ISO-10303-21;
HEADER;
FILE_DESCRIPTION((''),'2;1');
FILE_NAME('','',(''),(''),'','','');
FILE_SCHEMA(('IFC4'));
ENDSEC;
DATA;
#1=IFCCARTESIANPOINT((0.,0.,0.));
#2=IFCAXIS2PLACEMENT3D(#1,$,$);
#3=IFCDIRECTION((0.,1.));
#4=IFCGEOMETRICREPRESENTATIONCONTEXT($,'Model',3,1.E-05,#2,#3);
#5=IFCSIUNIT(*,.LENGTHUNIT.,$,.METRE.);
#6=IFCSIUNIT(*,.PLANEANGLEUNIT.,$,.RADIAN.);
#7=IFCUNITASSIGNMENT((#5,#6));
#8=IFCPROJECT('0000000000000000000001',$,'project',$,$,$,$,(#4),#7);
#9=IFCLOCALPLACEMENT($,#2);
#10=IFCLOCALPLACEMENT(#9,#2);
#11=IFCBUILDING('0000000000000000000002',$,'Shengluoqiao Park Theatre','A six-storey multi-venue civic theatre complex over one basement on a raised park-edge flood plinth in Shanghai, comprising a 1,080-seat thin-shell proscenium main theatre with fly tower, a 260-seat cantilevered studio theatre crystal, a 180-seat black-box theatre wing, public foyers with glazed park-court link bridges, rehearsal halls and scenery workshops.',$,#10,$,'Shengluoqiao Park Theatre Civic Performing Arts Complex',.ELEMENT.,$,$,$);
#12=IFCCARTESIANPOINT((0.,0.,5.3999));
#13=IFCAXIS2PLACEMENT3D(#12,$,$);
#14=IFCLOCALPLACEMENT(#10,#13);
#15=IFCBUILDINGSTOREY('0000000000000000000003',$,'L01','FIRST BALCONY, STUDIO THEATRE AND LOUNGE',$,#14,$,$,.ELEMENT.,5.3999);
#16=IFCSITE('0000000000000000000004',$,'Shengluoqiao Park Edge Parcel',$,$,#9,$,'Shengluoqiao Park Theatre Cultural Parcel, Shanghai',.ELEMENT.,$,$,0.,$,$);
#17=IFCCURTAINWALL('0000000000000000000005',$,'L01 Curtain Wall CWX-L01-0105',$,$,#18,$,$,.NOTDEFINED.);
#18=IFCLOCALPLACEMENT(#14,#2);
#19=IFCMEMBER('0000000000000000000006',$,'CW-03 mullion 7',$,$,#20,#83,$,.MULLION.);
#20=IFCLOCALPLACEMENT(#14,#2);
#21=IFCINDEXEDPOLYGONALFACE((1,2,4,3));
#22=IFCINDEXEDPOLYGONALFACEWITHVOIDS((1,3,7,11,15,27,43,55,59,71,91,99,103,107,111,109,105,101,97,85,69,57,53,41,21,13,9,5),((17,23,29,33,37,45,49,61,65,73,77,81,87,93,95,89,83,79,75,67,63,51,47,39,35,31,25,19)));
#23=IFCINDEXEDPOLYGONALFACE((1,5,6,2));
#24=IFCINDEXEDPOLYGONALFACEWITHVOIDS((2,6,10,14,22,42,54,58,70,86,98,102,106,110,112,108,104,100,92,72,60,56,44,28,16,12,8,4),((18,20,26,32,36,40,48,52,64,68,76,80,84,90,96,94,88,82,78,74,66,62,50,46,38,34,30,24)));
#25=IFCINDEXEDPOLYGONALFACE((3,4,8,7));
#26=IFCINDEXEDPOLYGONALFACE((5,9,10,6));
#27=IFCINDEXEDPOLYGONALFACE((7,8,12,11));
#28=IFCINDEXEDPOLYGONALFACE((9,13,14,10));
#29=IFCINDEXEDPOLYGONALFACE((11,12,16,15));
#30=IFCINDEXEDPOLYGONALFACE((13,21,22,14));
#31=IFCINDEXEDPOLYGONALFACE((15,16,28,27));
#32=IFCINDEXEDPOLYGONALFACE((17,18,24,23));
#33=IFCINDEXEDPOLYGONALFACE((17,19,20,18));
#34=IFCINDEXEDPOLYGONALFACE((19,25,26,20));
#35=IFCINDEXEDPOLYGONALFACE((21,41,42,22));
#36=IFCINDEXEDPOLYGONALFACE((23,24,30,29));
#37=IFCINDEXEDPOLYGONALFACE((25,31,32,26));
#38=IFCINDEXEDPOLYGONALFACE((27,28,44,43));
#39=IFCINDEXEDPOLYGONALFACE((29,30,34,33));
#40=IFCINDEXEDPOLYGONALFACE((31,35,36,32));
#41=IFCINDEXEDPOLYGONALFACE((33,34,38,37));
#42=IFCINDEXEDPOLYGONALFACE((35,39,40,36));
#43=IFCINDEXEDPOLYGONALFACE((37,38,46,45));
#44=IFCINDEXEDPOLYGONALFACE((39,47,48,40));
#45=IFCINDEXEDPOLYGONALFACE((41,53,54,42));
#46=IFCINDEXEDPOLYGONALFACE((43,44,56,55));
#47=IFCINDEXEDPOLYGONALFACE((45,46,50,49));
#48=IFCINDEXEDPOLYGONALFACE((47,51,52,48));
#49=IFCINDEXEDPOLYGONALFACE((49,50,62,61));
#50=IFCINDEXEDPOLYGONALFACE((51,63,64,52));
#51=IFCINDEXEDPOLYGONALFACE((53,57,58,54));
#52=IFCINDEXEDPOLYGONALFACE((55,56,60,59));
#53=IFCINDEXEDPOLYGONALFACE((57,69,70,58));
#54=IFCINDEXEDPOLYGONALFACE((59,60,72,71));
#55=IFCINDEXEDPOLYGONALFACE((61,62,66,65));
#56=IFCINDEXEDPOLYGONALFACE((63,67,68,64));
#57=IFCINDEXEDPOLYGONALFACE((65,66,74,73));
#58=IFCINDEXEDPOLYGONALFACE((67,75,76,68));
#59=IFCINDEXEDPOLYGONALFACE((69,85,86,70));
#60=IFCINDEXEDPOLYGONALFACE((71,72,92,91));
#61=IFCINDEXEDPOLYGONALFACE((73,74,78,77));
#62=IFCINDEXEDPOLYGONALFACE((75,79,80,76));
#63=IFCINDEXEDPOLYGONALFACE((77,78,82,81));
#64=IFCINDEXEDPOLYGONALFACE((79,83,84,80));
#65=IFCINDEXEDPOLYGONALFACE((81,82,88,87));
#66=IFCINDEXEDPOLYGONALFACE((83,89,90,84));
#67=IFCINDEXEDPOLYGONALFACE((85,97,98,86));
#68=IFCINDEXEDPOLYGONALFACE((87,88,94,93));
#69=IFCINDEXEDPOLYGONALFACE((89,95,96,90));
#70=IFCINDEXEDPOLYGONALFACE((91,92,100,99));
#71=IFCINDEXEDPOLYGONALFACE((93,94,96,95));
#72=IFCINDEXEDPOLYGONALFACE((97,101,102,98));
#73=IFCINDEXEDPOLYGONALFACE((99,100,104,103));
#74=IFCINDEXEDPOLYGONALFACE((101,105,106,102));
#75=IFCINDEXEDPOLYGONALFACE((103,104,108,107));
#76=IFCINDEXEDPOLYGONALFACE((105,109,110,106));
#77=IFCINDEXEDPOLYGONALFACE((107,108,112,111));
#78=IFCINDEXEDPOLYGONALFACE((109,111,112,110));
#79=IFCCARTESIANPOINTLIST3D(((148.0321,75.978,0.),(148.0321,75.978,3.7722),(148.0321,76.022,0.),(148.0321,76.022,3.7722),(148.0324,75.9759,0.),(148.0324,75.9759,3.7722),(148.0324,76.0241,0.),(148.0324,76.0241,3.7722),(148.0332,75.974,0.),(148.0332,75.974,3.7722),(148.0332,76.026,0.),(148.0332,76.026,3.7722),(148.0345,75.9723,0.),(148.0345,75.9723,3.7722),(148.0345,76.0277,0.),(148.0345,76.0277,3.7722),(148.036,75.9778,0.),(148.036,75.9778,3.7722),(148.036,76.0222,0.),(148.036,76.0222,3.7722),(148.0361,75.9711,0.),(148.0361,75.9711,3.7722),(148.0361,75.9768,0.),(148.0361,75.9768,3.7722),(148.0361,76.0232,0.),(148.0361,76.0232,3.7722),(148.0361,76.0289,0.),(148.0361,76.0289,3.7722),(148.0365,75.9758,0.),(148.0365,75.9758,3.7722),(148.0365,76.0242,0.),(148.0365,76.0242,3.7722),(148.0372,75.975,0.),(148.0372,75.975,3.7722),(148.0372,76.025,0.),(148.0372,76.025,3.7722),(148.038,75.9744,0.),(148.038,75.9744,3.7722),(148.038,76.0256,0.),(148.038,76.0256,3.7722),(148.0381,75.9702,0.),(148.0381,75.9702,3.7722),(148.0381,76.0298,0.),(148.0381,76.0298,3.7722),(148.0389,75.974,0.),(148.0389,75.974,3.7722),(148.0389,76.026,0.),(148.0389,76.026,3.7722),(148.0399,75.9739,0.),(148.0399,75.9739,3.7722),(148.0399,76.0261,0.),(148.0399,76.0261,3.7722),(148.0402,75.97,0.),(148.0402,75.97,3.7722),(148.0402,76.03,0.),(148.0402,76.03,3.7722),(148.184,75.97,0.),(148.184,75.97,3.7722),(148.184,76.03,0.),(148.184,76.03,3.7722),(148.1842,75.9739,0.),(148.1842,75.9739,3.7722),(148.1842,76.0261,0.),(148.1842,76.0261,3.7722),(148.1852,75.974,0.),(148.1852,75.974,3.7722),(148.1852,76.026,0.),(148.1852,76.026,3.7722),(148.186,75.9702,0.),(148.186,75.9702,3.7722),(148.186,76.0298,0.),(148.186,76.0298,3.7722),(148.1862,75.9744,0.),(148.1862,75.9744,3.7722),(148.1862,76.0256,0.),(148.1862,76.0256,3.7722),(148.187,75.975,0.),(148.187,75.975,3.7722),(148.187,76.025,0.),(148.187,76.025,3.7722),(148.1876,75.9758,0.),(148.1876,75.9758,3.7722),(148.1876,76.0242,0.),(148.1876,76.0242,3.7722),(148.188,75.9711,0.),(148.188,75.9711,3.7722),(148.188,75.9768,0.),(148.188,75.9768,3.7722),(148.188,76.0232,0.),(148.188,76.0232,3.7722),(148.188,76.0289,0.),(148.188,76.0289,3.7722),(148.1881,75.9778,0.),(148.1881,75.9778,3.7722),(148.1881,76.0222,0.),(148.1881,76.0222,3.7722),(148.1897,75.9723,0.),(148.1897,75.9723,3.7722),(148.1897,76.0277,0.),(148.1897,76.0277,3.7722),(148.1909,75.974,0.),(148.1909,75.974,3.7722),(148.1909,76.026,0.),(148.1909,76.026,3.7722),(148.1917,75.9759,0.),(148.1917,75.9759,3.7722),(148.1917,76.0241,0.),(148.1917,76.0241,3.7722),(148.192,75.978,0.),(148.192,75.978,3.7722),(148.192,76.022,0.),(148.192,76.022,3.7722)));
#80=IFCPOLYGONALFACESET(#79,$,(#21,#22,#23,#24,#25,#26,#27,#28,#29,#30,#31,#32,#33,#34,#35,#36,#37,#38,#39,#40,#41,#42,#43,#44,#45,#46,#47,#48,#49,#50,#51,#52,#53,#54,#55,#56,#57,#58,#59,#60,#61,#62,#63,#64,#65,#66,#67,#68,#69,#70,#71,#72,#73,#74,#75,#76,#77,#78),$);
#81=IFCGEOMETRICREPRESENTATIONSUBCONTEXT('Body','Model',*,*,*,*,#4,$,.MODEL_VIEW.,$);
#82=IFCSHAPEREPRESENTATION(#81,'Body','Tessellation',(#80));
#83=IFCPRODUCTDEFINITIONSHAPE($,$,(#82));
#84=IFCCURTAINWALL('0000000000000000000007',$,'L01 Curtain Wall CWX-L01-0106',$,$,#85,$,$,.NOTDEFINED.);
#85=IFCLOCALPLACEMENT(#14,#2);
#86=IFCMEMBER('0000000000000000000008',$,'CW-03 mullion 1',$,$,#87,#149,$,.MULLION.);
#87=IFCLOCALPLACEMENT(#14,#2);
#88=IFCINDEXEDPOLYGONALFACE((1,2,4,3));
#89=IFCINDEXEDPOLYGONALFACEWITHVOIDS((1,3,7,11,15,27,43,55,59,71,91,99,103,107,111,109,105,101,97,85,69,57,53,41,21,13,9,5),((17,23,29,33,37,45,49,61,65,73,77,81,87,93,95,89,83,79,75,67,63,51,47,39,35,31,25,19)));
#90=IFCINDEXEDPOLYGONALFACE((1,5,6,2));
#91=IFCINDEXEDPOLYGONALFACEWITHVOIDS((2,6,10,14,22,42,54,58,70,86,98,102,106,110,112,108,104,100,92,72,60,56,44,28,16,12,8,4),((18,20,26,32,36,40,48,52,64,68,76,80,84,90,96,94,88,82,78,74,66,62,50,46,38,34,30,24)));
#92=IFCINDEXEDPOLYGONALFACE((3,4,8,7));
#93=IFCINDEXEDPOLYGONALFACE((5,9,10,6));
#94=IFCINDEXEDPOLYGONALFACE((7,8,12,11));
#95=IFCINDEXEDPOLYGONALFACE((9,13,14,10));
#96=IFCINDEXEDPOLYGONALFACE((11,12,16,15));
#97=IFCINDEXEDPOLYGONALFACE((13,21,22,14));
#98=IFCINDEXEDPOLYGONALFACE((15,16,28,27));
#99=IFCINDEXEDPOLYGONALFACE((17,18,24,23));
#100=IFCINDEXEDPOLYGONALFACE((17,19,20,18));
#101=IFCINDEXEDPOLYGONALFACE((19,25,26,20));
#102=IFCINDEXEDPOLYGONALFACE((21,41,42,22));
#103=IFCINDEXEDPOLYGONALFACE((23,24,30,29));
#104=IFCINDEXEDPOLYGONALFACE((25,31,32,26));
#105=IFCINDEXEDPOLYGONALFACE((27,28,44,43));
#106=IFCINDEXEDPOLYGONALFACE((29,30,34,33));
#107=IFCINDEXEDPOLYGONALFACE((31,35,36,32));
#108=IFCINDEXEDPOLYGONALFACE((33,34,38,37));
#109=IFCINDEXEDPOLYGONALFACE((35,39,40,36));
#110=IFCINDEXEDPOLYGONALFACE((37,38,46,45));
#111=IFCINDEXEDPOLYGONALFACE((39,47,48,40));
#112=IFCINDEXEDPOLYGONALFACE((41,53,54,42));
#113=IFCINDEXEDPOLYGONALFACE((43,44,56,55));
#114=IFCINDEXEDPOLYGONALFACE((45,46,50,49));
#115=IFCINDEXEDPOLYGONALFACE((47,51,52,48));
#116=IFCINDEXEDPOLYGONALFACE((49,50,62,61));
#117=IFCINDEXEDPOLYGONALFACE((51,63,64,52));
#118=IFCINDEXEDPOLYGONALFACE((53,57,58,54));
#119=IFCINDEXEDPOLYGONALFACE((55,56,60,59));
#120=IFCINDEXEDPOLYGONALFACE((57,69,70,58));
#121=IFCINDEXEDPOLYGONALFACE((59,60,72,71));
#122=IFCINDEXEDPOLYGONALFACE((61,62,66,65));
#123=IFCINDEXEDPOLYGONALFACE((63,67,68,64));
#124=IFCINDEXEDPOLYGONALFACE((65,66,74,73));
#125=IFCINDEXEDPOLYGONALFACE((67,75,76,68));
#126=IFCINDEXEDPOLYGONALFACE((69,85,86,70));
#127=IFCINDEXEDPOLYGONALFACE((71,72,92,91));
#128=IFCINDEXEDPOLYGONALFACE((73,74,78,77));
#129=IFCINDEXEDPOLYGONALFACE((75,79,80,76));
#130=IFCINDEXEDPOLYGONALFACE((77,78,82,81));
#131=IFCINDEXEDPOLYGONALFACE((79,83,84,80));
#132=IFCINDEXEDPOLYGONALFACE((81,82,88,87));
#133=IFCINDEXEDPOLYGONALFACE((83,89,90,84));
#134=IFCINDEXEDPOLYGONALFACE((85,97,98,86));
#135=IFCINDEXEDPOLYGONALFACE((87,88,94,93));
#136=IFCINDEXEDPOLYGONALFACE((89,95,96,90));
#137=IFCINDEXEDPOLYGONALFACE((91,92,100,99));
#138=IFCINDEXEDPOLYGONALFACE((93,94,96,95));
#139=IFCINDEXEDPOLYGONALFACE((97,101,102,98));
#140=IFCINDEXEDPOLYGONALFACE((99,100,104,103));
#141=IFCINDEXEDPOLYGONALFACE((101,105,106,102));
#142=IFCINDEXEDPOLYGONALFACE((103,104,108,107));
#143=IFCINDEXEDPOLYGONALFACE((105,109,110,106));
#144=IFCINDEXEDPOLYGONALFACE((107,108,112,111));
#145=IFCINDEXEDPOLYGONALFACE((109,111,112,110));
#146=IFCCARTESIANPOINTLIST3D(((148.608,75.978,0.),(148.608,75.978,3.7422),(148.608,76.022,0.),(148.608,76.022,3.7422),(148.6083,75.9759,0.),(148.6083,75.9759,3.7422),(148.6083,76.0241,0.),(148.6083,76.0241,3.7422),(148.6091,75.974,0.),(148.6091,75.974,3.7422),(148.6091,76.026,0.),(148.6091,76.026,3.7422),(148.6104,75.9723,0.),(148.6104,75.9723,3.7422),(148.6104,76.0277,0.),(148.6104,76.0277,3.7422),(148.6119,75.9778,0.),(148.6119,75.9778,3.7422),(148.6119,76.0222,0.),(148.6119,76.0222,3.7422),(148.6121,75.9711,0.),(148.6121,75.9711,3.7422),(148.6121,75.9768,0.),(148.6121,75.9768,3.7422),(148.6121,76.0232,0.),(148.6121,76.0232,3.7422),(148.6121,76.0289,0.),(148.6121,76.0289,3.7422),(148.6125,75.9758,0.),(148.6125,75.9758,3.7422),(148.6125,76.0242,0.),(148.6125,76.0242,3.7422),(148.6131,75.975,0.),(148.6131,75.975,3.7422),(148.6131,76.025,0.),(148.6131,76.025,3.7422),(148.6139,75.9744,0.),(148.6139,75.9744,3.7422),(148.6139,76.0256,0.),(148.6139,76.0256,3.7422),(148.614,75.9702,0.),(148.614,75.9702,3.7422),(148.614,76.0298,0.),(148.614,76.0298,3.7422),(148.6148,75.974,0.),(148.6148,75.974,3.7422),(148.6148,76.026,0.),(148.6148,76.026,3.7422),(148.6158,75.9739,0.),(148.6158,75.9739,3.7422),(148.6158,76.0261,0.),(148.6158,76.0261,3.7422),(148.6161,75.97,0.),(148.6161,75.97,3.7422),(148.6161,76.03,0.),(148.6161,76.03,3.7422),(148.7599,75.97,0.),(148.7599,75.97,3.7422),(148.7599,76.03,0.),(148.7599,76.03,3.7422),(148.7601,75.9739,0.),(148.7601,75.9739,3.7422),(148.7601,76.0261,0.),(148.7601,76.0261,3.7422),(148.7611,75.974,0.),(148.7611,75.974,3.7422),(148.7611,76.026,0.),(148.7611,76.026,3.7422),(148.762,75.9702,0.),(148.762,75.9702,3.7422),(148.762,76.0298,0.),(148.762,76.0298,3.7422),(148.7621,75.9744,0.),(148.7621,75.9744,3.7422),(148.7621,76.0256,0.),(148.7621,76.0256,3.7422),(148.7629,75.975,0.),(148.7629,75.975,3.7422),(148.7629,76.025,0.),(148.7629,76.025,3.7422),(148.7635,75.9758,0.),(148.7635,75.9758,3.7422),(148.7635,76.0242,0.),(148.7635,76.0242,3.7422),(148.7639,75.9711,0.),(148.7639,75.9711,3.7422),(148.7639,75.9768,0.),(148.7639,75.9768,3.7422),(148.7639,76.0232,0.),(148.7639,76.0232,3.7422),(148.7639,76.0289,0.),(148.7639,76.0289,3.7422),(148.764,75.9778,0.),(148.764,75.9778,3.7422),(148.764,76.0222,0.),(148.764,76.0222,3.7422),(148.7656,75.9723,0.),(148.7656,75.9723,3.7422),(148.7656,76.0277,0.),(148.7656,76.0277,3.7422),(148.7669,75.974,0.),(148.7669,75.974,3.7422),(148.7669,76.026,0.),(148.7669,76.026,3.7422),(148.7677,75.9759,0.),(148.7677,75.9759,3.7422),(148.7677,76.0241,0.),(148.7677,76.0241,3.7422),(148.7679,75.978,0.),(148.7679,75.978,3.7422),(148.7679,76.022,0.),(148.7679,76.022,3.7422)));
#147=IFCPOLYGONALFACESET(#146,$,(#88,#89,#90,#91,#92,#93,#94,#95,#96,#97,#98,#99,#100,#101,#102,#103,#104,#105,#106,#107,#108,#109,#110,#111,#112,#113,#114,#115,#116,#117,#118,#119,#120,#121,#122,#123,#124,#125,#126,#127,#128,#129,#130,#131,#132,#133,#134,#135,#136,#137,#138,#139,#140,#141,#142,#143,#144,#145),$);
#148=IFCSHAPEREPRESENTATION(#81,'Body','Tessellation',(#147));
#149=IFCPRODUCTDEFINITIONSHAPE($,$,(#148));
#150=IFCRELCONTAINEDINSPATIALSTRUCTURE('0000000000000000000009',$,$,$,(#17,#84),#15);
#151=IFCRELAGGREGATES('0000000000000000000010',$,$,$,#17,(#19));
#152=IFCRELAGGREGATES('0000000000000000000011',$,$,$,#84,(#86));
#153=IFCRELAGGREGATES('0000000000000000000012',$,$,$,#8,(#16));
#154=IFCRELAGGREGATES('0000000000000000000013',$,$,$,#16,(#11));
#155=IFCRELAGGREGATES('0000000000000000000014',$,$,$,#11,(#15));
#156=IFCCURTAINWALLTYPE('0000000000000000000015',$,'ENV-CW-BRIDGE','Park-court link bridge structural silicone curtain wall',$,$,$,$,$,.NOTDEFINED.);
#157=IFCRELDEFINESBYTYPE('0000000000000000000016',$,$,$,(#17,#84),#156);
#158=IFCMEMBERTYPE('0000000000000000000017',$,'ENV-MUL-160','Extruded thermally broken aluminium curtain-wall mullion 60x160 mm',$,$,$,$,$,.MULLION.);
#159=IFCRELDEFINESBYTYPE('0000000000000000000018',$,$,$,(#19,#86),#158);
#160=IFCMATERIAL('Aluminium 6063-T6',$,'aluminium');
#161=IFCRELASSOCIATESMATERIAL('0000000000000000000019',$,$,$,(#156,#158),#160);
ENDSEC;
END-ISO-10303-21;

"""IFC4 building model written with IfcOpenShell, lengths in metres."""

from ifc_helpers import new_model, si_unit, direction, frame, origin, origin_2d, place, context, subcontext, project, spatial, hollow_rectangle, extrude, material, material_profile, profile_set, type_object, element, aggregate, save


model = new_model("IFC4")

# Units and contexts
model_context = context("Model", 3, precision=1e-05, world=origin(), true_north=direction((0.0, 1.0)))
body_context = subcontext(model_context, "Body", "Model", "MODEL_VIEW")
ifc_project = project(units=[si_unit("LENGTHUNIT", "METRE"), si_unit("PLANEANGLEUNIT", "RADIAN")], contexts=[model_context])

# Site, building, storey
site_placement = place(None, origin())
site = spatial("IfcSite", under=ifc_project, at=site_placement, Name="Shengluoqiao Park Edge Parcel", LongName="Shengluoqiao Park Theatre Cultural Parcel, Shanghai", CompositionType="ELEMENT", RefElevation=0.0)
building_placement = place(site_placement, origin())
building = spatial("IfcBuilding", under=site, at=building_placement, Name="Shengluoqiao Park Theatre", Description="A six-storey multi-venue civic theatre complex over one basement on a raised park-edge flood plinth in Shanghai, comprising a 1,080-seat thin-shell proscenium main theatre with fly tower, a 260-seat cantilevered studio theatre crystal, a 180-seat black-box theatre wing, public foyers with glazed park-court link bridges, rehearsal halls and scenery workshops.", LongName="Shengluoqiao Park Theatre Civic Performing Arts Complex", CompositionType="ELEMENT")
storey_placement = place(building_placement, frame((0.0, 0.0, 5.3999)))
storey = spatial("IfcBuildingStorey", under=building, at=storey_placement, Name="L01", Description="FIRST BALCONY, STUDIO THEATRE AND LOUNGE", CompositionType="ELEMENT", Elevation=5.3999)

# Curtain walls, members
ifc_material_1 = material(Name="Aluminium 6063-T6", Category="aluminium")
curtain_wall_type = type_object("IfcCurtainWallType", Name="ENV-CW-BRIDGE", Description="Park-court link bridge structural silicone curtain wall", PredefinedType="NOTDEFINED", material=ifc_material_1)
curtain_wall_1_placement = place(storey_placement, origin())
curtain_wall_1 = element("IfcCurtainWall", 1, at=curtain_wall_1_placement, inside=storey, type_object=curtain_wall_type, Name="L01 Curtain Wall CWX-L01-0105", PredefinedType="NOTDEFINED")
ifc_material_profile_1 = material_profile(ifc_material_1, hollow_rectangle(XDim=0.0601, YDim=0.1599, WallThickness=0.0039, InnerFilletRadius=0.0039, OuterFilletRadius=0.0081, at=origin_2d()), Name="ALU MULLION 160x60x4")
ifc_profile_set_1 = profile_set([ifc_material_profile_1], Name="Aluminium 6063-T6")
member_type_1 = type_object("IfcMemberType", Name="ENV-MUL-160", Description="Extruded thermally broken aluminium curtain-wall mullion 60x160 mm", PredefinedType="MULLION", material=ifc_profile_set_1)
member_1_placement = place(storey_placement, frame((148.1121, 76.0, 0.0), z_axis=(0.0, 0.0, 1.0), x_axis=(0.0, 1.0, 0.0)))
member_1 = element("IfcMember", 2, at=member_1_placement, type_object=member_type_1, Name="CW-03 mullion 7", PredefinedType="MULLION", context=body_context, shape_type="SweptSolid", body=[
    extrude(hollow_rectangle(XDim=0.0601, YDim=0.1599, WallThickness=0.0039, InnerFilletRadius=0.0039, OuterFilletRadius=0.0081, at=origin_2d()), origin(), (0.0, 0.0, 1.0), 3.7722),
])
curtain_wall_2_placement = place(storey_placement, origin())
curtain_wall_2 = element("IfcCurtainWall", 3, at=curtain_wall_2_placement, inside=storey, type_object=curtain_wall_type, Name="L01 Curtain Wall CWX-L01-0106", PredefinedType="NOTDEFINED")
member_2_placement = place(storey_placement, frame((148.688, 76.0, 0.0), z_axis=(0.0, 0.0, 1.0), x_axis=(0.0, 1.0, 0.0)))
member_2 = element("IfcMember", 4, at=member_2_placement, type_object=member_type_1, Name="CW-03 mullion 1", PredefinedType="MULLION", context=body_context, shape_type="SweptSolid", body=[
    extrude(hollow_rectangle(XDim=0.0601, YDim=0.1599, WallThickness=0.0039, InnerFilletRadius=0.0039, OuterFilletRadius=0.0081, at=origin_2d()), origin(), (0.0, 0.0, 1.0), 3.7422),
])

aggregate(curtain_wall_1, [member_1])
aggregate(curtain_wall_2, [member_2])

save(model, "model.ifc")
